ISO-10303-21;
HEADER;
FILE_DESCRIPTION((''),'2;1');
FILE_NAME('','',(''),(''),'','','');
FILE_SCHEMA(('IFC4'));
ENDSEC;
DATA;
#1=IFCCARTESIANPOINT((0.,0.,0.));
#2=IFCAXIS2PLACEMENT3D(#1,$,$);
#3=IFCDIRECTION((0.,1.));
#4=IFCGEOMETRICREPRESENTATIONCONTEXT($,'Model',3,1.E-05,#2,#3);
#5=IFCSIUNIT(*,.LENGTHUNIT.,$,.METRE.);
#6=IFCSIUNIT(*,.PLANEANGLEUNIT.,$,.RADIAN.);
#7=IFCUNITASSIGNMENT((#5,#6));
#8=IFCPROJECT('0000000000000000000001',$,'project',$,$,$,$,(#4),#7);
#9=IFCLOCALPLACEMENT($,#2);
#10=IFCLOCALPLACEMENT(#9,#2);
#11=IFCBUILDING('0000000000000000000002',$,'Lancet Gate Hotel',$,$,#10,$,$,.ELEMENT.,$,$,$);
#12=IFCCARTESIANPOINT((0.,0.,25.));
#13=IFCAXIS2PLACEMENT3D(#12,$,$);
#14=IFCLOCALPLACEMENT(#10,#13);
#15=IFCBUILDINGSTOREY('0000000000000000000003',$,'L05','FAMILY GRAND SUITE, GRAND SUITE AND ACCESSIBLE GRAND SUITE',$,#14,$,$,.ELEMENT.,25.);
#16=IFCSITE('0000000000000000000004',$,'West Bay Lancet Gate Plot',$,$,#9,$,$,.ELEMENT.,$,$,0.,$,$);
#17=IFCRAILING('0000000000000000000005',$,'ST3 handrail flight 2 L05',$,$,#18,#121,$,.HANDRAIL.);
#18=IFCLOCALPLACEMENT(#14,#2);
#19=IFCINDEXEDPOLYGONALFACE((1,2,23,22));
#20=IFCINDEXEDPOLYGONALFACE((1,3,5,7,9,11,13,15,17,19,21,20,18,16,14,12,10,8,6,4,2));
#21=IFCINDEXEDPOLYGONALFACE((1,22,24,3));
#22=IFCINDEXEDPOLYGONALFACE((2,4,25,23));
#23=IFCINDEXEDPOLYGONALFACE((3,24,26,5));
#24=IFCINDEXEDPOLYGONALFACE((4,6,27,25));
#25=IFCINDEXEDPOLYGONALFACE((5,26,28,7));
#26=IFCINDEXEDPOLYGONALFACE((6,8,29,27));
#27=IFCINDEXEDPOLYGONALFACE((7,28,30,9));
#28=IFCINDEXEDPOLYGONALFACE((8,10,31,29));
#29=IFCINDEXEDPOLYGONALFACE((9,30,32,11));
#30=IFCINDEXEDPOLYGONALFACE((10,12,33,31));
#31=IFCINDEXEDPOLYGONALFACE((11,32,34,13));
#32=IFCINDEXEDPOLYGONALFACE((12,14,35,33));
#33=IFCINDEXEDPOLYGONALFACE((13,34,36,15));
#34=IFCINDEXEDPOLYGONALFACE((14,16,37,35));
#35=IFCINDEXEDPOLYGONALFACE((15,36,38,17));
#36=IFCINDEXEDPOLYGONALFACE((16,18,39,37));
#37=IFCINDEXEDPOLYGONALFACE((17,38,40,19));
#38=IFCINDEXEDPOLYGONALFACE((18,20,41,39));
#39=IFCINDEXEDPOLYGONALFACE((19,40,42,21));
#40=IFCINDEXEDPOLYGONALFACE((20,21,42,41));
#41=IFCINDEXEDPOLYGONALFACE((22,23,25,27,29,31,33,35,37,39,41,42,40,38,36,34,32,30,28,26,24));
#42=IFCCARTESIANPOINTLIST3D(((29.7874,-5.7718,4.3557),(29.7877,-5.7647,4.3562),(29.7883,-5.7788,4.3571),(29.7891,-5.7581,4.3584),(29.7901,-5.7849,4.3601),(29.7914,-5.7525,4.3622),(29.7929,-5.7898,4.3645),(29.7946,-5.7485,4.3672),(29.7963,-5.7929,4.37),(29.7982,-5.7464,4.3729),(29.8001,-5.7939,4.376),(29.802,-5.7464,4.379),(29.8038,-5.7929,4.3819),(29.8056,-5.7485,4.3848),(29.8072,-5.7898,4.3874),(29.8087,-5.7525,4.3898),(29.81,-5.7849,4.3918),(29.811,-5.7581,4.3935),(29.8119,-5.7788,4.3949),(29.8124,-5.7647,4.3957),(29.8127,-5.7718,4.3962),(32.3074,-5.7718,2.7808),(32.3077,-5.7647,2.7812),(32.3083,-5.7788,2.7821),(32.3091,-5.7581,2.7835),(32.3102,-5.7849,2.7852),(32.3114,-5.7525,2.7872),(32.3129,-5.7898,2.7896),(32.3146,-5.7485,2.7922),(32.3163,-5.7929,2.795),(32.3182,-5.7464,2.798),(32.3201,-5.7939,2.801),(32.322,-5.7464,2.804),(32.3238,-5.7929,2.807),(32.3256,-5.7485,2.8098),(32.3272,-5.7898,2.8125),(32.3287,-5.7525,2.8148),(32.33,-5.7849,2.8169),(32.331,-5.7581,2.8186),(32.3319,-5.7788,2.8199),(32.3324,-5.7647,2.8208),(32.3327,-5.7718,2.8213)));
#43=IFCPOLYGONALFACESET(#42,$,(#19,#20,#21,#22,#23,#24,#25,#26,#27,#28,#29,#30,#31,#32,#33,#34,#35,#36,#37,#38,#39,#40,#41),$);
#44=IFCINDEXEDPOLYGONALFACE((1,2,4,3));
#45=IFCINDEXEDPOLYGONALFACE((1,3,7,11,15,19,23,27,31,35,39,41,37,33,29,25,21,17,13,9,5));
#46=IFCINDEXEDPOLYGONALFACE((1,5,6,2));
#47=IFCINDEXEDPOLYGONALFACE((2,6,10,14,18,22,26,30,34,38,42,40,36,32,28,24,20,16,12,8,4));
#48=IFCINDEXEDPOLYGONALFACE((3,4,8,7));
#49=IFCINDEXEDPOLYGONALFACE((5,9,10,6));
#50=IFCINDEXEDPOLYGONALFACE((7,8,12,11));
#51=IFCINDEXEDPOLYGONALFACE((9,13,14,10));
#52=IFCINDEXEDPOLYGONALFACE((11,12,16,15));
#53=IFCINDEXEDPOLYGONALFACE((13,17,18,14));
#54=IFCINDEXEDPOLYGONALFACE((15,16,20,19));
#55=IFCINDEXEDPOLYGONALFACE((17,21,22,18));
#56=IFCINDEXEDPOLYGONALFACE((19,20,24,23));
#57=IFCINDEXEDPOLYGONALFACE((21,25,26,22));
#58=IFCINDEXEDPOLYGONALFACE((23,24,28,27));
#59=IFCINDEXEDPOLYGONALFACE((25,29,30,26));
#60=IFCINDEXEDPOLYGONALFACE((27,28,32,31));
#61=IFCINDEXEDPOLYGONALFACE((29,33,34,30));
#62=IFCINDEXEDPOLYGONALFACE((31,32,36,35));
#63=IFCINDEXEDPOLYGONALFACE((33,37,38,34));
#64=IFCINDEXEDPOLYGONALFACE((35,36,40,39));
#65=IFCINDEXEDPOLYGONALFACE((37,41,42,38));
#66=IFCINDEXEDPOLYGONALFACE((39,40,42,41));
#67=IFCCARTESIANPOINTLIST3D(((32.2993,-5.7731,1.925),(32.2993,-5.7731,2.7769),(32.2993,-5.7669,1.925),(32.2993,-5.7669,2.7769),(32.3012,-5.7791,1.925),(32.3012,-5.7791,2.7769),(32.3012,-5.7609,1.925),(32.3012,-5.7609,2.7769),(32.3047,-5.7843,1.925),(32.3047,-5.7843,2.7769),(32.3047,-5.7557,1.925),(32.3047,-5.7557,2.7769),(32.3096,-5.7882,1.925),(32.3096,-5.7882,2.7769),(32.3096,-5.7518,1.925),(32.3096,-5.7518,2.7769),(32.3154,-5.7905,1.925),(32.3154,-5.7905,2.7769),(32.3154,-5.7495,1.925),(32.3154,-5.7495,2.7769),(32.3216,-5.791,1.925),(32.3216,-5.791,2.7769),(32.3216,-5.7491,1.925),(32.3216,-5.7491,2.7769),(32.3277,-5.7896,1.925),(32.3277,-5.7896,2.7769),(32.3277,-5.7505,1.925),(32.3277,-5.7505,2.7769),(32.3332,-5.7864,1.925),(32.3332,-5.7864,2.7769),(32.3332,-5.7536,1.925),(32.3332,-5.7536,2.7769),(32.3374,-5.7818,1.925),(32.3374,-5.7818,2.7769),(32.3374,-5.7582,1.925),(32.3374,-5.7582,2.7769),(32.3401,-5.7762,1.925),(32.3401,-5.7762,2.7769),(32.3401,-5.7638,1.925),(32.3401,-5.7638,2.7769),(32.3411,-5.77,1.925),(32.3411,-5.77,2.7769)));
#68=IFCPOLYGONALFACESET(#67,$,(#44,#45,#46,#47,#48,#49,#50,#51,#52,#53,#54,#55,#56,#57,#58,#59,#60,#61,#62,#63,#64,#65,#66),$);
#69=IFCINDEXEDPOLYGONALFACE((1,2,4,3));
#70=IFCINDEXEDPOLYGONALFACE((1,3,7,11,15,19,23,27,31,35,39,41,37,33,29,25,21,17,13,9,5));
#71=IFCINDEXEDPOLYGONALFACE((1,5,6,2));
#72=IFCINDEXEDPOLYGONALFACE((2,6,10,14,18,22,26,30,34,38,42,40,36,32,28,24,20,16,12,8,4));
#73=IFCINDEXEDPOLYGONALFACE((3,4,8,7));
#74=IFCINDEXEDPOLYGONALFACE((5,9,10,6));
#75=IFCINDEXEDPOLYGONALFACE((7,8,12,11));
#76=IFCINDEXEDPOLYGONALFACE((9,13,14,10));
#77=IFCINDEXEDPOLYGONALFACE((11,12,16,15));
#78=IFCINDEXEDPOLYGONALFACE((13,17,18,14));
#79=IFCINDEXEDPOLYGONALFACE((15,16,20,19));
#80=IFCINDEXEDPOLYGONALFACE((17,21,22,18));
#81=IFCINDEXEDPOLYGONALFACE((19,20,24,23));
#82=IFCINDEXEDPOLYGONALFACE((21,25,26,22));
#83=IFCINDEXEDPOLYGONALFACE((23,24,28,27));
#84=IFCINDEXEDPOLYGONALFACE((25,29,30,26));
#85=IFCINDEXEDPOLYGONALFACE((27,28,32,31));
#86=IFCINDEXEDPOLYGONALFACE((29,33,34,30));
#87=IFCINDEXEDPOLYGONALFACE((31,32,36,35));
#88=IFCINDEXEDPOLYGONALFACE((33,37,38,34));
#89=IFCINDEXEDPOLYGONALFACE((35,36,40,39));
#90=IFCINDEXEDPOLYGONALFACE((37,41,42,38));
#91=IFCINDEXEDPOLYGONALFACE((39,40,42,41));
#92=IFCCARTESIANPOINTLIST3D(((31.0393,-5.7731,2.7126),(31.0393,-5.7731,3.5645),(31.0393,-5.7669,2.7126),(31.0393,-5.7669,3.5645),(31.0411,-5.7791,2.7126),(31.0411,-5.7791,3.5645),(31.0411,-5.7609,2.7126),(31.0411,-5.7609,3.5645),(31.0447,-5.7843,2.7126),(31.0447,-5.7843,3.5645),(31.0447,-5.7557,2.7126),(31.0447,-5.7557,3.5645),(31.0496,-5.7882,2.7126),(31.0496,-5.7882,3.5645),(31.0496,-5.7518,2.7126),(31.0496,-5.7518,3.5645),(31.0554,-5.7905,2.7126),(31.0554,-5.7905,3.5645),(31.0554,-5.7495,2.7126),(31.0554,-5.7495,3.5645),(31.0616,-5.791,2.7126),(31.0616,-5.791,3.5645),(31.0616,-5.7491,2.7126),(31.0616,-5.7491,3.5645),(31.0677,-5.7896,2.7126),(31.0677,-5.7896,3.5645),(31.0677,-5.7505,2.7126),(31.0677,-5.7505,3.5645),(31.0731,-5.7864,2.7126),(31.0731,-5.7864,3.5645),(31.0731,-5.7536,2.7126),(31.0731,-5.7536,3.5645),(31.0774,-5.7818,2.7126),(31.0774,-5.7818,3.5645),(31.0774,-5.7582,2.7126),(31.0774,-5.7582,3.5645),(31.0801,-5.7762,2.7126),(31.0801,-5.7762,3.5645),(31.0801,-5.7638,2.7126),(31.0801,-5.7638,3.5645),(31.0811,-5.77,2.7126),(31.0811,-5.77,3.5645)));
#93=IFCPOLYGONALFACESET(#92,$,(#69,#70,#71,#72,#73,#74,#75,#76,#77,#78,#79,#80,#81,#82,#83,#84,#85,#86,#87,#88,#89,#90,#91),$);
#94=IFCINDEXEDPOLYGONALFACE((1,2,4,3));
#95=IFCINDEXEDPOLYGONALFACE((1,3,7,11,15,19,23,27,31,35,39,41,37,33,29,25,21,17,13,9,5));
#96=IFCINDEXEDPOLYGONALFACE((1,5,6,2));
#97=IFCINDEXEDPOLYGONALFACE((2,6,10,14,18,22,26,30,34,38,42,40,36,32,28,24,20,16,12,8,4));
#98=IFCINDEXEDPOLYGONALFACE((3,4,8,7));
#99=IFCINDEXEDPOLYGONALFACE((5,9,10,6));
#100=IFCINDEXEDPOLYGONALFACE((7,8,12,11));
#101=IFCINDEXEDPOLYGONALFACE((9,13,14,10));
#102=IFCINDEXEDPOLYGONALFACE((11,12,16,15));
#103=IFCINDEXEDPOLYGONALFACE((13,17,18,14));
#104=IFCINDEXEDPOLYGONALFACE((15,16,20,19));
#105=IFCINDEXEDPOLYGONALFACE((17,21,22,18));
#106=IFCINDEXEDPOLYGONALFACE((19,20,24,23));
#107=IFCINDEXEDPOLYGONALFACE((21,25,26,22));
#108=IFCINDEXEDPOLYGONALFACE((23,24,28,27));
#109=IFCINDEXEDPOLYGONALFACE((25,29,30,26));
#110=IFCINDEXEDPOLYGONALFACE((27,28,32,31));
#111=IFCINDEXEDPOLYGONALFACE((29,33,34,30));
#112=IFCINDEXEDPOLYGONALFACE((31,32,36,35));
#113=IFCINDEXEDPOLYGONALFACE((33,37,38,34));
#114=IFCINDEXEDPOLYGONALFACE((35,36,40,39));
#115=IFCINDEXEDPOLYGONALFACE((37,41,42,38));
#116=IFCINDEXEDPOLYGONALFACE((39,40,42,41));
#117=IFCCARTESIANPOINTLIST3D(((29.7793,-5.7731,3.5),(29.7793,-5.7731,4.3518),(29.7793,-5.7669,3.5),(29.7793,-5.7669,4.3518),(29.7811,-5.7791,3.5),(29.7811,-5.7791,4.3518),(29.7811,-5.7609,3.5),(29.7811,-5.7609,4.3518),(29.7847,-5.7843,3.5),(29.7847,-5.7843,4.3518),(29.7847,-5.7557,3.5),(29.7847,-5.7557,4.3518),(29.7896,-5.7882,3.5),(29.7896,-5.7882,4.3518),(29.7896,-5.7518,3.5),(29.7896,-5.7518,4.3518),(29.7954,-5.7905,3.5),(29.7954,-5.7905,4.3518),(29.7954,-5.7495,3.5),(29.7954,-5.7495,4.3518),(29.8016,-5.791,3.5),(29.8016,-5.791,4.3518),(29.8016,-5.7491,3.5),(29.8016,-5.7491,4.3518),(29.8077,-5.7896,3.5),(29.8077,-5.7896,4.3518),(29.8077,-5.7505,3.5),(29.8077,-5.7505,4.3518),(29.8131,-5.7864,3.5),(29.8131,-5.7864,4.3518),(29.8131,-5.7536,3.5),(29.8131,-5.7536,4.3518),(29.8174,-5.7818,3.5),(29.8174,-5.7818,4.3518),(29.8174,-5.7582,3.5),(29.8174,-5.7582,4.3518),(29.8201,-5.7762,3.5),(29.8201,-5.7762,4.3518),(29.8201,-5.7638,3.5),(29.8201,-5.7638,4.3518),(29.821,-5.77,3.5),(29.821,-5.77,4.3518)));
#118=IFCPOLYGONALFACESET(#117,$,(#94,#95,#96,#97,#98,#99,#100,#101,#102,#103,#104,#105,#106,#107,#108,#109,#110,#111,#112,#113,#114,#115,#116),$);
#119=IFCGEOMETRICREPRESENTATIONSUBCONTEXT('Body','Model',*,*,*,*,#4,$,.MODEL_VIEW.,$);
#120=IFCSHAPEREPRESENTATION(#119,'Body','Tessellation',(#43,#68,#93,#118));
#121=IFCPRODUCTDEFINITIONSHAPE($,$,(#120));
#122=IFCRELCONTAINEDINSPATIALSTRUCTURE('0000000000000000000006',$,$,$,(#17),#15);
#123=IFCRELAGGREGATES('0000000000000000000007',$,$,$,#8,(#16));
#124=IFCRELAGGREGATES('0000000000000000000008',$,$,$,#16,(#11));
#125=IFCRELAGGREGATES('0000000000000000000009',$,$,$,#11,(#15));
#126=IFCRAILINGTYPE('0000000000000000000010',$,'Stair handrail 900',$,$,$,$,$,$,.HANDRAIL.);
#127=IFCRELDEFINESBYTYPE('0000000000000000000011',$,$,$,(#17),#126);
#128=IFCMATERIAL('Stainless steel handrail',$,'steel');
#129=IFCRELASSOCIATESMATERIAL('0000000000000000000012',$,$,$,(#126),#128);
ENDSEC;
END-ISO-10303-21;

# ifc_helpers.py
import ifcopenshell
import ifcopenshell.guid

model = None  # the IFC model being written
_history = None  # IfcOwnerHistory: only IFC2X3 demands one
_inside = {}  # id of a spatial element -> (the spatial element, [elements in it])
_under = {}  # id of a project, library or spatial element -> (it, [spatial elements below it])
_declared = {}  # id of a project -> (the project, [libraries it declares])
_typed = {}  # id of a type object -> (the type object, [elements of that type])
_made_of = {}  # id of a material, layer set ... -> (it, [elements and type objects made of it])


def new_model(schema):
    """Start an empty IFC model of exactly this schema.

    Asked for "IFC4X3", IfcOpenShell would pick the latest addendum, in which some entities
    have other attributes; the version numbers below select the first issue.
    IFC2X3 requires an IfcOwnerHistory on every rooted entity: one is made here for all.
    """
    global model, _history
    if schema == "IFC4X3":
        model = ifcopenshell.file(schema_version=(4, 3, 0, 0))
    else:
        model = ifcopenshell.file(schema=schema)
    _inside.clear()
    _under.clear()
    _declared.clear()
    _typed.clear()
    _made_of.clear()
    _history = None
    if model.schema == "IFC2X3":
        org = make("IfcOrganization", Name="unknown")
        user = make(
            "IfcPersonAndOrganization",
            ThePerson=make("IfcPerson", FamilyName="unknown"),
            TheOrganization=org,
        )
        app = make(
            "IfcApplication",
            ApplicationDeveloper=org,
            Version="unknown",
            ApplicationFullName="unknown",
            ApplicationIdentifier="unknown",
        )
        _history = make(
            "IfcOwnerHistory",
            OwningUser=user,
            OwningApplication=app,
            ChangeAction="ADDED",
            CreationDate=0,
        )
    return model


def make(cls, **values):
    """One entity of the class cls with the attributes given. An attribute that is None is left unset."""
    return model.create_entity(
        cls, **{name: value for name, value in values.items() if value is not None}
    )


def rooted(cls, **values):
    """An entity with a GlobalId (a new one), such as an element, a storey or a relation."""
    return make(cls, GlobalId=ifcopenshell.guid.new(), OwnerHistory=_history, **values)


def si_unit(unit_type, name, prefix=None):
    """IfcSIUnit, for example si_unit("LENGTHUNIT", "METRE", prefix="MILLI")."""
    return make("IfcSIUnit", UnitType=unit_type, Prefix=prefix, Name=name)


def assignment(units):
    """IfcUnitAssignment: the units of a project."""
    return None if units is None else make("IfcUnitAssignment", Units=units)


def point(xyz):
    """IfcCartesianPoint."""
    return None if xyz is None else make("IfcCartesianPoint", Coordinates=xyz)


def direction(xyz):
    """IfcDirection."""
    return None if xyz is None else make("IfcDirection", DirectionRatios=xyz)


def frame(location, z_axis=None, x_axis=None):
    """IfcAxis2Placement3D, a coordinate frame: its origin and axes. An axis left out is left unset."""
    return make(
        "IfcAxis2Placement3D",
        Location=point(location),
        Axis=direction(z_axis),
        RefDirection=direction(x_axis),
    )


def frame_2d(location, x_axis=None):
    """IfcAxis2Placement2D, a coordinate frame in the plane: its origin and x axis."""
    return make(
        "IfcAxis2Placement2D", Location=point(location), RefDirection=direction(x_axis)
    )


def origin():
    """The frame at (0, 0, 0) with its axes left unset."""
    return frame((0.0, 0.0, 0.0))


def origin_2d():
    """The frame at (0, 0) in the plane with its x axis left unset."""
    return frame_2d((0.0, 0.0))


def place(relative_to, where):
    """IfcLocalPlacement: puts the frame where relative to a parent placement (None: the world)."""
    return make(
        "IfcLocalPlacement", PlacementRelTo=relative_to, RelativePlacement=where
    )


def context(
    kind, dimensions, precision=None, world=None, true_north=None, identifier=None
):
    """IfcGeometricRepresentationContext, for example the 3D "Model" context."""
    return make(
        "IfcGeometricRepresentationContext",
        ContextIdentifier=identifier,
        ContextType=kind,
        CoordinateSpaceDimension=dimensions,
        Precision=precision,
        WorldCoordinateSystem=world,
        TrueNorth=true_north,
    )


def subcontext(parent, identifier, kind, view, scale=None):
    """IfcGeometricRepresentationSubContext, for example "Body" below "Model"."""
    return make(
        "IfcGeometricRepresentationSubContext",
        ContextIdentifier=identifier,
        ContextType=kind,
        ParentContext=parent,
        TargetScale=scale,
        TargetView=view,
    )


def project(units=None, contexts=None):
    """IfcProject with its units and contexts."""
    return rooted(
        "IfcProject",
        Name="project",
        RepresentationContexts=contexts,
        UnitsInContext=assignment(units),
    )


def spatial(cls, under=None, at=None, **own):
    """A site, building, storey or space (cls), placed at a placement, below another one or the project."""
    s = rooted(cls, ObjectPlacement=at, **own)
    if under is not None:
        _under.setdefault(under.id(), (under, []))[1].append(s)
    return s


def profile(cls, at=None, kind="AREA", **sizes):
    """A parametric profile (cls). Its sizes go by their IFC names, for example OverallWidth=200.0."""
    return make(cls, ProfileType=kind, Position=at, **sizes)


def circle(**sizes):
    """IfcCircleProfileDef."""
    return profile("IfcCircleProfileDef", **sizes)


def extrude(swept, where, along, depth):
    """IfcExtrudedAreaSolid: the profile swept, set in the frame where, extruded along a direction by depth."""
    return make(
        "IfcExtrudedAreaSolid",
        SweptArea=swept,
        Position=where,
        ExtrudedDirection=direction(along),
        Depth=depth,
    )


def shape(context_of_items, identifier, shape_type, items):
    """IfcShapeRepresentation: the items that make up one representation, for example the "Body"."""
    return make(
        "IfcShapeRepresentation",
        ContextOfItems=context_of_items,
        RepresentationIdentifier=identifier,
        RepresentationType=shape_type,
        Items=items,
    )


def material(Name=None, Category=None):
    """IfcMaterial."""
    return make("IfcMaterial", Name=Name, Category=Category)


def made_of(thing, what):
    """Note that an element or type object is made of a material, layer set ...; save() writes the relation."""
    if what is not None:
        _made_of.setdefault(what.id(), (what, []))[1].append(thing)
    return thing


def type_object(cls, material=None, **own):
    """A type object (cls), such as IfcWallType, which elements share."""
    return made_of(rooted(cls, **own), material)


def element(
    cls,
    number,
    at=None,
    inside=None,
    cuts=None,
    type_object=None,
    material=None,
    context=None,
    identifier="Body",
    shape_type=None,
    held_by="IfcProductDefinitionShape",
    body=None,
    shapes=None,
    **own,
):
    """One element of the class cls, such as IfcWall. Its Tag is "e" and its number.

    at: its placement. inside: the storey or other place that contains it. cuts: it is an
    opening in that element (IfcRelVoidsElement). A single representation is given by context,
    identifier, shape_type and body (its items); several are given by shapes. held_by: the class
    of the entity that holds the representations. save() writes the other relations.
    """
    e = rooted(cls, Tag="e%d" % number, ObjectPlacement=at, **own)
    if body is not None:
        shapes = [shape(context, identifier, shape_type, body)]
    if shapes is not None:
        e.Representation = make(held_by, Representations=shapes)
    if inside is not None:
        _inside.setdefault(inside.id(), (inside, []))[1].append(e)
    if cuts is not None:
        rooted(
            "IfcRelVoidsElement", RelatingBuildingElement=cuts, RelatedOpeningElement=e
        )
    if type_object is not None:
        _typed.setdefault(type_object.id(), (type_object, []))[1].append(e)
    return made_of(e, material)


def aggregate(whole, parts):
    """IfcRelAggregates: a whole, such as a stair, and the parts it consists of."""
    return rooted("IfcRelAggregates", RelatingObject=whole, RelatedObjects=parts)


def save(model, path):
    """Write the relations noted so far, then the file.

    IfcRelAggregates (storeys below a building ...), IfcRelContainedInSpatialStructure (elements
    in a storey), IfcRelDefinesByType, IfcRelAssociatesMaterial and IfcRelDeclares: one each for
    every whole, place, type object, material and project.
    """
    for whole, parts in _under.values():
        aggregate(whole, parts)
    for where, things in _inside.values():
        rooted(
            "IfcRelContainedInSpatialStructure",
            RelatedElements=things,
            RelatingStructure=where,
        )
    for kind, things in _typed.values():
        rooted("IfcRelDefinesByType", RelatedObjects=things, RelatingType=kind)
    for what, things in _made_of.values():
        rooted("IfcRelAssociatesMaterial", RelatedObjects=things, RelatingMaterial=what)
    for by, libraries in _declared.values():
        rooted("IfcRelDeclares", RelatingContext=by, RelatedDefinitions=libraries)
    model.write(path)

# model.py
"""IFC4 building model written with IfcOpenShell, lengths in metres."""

from ifc_helpers import new_model, si_unit, direction, frame, origin, origin_2d, place, context, subcontext, project, spatial, circle, extrude, material, type_object, element, save


model = new_model("IFC4")

# Units and contexts
model_context = context("Model", 3, precision=1e-05, world=origin(), true_north=direction((0.0, 1.0)))
body_context = subcontext(model_context, "Body", "Model", "MODEL_VIEW")
ifc_project = project(units=[si_unit("LENGTHUNIT", "METRE"), si_unit("PLANEANGLEUNIT", "RADIAN")], contexts=[model_context])

# Site, building, storey
site_placement = place(None, origin())
site = spatial("IfcSite", under=ifc_project, at=site_placement, Name="West Bay Lancet Gate Plot", CompositionType="ELEMENT", RefElevation=0.0)
building_placement = place(site_placement, origin())
building = spatial("IfcBuilding", under=site, at=building_placement, Name="Lancet Gate Hotel", CompositionType="ELEMENT")
storey_placement = place(building_placement, frame((0.0, 0.0, 25.0)))
storey = spatial("IfcBuildingStorey", under=building, at=storey_placement, Name="L05", Description="FAMILY GRAND SUITE, GRAND SUITE AND ACCESSIBLE GRAND SUITE", CompositionType="ELEMENT", Elevation=25.0)

# Railing
ifc_material_1 = material(Name="Stainless steel handrail", Category="steel")
railing_type = type_object("IfcRailingType", Name="Stair handrail 900", PredefinedType="HANDRAIL", material=ifc_material_1)
railing_1_placement = place(storey_placement, frame((32.3201, -5.77, 1.925)))
element("IfcRailing", 1, at=railing_1_placement, inside=storey, type_object=railing_type, Name="ST3 handrail flight 2 L05", PredefinedType="HANDRAIL", context=body_context, shape_type="SweptSolid", body=[
    extrude(circle(Radius=0.0239, at=origin_2d()), frame((0.0, 0.0, 0.876), z_axis=(-0.848008, 0.0, 0.529984), x_axis=(0.0, -1.0, 0.0)), (0.0, 0.0, 1.0), 2.9717),
    extrude(circle(Radius=0.021, at=origin_2d()), origin(), (0.0, 0.0, 1.0), 0.8518),
    extrude(circle(Radius=0.021, at=origin_2d()), frame((-1.26, 0.0, 0.7876)), (0.0, 0.0, 1.0), 0.8518),
    extrude(circle(Radius=0.021, at=origin_2d()), frame((-2.52, 0.0, 1.575)), (0.0, 0.0, 1.0), 0.8518),
])

save(model, "model.ifc")
